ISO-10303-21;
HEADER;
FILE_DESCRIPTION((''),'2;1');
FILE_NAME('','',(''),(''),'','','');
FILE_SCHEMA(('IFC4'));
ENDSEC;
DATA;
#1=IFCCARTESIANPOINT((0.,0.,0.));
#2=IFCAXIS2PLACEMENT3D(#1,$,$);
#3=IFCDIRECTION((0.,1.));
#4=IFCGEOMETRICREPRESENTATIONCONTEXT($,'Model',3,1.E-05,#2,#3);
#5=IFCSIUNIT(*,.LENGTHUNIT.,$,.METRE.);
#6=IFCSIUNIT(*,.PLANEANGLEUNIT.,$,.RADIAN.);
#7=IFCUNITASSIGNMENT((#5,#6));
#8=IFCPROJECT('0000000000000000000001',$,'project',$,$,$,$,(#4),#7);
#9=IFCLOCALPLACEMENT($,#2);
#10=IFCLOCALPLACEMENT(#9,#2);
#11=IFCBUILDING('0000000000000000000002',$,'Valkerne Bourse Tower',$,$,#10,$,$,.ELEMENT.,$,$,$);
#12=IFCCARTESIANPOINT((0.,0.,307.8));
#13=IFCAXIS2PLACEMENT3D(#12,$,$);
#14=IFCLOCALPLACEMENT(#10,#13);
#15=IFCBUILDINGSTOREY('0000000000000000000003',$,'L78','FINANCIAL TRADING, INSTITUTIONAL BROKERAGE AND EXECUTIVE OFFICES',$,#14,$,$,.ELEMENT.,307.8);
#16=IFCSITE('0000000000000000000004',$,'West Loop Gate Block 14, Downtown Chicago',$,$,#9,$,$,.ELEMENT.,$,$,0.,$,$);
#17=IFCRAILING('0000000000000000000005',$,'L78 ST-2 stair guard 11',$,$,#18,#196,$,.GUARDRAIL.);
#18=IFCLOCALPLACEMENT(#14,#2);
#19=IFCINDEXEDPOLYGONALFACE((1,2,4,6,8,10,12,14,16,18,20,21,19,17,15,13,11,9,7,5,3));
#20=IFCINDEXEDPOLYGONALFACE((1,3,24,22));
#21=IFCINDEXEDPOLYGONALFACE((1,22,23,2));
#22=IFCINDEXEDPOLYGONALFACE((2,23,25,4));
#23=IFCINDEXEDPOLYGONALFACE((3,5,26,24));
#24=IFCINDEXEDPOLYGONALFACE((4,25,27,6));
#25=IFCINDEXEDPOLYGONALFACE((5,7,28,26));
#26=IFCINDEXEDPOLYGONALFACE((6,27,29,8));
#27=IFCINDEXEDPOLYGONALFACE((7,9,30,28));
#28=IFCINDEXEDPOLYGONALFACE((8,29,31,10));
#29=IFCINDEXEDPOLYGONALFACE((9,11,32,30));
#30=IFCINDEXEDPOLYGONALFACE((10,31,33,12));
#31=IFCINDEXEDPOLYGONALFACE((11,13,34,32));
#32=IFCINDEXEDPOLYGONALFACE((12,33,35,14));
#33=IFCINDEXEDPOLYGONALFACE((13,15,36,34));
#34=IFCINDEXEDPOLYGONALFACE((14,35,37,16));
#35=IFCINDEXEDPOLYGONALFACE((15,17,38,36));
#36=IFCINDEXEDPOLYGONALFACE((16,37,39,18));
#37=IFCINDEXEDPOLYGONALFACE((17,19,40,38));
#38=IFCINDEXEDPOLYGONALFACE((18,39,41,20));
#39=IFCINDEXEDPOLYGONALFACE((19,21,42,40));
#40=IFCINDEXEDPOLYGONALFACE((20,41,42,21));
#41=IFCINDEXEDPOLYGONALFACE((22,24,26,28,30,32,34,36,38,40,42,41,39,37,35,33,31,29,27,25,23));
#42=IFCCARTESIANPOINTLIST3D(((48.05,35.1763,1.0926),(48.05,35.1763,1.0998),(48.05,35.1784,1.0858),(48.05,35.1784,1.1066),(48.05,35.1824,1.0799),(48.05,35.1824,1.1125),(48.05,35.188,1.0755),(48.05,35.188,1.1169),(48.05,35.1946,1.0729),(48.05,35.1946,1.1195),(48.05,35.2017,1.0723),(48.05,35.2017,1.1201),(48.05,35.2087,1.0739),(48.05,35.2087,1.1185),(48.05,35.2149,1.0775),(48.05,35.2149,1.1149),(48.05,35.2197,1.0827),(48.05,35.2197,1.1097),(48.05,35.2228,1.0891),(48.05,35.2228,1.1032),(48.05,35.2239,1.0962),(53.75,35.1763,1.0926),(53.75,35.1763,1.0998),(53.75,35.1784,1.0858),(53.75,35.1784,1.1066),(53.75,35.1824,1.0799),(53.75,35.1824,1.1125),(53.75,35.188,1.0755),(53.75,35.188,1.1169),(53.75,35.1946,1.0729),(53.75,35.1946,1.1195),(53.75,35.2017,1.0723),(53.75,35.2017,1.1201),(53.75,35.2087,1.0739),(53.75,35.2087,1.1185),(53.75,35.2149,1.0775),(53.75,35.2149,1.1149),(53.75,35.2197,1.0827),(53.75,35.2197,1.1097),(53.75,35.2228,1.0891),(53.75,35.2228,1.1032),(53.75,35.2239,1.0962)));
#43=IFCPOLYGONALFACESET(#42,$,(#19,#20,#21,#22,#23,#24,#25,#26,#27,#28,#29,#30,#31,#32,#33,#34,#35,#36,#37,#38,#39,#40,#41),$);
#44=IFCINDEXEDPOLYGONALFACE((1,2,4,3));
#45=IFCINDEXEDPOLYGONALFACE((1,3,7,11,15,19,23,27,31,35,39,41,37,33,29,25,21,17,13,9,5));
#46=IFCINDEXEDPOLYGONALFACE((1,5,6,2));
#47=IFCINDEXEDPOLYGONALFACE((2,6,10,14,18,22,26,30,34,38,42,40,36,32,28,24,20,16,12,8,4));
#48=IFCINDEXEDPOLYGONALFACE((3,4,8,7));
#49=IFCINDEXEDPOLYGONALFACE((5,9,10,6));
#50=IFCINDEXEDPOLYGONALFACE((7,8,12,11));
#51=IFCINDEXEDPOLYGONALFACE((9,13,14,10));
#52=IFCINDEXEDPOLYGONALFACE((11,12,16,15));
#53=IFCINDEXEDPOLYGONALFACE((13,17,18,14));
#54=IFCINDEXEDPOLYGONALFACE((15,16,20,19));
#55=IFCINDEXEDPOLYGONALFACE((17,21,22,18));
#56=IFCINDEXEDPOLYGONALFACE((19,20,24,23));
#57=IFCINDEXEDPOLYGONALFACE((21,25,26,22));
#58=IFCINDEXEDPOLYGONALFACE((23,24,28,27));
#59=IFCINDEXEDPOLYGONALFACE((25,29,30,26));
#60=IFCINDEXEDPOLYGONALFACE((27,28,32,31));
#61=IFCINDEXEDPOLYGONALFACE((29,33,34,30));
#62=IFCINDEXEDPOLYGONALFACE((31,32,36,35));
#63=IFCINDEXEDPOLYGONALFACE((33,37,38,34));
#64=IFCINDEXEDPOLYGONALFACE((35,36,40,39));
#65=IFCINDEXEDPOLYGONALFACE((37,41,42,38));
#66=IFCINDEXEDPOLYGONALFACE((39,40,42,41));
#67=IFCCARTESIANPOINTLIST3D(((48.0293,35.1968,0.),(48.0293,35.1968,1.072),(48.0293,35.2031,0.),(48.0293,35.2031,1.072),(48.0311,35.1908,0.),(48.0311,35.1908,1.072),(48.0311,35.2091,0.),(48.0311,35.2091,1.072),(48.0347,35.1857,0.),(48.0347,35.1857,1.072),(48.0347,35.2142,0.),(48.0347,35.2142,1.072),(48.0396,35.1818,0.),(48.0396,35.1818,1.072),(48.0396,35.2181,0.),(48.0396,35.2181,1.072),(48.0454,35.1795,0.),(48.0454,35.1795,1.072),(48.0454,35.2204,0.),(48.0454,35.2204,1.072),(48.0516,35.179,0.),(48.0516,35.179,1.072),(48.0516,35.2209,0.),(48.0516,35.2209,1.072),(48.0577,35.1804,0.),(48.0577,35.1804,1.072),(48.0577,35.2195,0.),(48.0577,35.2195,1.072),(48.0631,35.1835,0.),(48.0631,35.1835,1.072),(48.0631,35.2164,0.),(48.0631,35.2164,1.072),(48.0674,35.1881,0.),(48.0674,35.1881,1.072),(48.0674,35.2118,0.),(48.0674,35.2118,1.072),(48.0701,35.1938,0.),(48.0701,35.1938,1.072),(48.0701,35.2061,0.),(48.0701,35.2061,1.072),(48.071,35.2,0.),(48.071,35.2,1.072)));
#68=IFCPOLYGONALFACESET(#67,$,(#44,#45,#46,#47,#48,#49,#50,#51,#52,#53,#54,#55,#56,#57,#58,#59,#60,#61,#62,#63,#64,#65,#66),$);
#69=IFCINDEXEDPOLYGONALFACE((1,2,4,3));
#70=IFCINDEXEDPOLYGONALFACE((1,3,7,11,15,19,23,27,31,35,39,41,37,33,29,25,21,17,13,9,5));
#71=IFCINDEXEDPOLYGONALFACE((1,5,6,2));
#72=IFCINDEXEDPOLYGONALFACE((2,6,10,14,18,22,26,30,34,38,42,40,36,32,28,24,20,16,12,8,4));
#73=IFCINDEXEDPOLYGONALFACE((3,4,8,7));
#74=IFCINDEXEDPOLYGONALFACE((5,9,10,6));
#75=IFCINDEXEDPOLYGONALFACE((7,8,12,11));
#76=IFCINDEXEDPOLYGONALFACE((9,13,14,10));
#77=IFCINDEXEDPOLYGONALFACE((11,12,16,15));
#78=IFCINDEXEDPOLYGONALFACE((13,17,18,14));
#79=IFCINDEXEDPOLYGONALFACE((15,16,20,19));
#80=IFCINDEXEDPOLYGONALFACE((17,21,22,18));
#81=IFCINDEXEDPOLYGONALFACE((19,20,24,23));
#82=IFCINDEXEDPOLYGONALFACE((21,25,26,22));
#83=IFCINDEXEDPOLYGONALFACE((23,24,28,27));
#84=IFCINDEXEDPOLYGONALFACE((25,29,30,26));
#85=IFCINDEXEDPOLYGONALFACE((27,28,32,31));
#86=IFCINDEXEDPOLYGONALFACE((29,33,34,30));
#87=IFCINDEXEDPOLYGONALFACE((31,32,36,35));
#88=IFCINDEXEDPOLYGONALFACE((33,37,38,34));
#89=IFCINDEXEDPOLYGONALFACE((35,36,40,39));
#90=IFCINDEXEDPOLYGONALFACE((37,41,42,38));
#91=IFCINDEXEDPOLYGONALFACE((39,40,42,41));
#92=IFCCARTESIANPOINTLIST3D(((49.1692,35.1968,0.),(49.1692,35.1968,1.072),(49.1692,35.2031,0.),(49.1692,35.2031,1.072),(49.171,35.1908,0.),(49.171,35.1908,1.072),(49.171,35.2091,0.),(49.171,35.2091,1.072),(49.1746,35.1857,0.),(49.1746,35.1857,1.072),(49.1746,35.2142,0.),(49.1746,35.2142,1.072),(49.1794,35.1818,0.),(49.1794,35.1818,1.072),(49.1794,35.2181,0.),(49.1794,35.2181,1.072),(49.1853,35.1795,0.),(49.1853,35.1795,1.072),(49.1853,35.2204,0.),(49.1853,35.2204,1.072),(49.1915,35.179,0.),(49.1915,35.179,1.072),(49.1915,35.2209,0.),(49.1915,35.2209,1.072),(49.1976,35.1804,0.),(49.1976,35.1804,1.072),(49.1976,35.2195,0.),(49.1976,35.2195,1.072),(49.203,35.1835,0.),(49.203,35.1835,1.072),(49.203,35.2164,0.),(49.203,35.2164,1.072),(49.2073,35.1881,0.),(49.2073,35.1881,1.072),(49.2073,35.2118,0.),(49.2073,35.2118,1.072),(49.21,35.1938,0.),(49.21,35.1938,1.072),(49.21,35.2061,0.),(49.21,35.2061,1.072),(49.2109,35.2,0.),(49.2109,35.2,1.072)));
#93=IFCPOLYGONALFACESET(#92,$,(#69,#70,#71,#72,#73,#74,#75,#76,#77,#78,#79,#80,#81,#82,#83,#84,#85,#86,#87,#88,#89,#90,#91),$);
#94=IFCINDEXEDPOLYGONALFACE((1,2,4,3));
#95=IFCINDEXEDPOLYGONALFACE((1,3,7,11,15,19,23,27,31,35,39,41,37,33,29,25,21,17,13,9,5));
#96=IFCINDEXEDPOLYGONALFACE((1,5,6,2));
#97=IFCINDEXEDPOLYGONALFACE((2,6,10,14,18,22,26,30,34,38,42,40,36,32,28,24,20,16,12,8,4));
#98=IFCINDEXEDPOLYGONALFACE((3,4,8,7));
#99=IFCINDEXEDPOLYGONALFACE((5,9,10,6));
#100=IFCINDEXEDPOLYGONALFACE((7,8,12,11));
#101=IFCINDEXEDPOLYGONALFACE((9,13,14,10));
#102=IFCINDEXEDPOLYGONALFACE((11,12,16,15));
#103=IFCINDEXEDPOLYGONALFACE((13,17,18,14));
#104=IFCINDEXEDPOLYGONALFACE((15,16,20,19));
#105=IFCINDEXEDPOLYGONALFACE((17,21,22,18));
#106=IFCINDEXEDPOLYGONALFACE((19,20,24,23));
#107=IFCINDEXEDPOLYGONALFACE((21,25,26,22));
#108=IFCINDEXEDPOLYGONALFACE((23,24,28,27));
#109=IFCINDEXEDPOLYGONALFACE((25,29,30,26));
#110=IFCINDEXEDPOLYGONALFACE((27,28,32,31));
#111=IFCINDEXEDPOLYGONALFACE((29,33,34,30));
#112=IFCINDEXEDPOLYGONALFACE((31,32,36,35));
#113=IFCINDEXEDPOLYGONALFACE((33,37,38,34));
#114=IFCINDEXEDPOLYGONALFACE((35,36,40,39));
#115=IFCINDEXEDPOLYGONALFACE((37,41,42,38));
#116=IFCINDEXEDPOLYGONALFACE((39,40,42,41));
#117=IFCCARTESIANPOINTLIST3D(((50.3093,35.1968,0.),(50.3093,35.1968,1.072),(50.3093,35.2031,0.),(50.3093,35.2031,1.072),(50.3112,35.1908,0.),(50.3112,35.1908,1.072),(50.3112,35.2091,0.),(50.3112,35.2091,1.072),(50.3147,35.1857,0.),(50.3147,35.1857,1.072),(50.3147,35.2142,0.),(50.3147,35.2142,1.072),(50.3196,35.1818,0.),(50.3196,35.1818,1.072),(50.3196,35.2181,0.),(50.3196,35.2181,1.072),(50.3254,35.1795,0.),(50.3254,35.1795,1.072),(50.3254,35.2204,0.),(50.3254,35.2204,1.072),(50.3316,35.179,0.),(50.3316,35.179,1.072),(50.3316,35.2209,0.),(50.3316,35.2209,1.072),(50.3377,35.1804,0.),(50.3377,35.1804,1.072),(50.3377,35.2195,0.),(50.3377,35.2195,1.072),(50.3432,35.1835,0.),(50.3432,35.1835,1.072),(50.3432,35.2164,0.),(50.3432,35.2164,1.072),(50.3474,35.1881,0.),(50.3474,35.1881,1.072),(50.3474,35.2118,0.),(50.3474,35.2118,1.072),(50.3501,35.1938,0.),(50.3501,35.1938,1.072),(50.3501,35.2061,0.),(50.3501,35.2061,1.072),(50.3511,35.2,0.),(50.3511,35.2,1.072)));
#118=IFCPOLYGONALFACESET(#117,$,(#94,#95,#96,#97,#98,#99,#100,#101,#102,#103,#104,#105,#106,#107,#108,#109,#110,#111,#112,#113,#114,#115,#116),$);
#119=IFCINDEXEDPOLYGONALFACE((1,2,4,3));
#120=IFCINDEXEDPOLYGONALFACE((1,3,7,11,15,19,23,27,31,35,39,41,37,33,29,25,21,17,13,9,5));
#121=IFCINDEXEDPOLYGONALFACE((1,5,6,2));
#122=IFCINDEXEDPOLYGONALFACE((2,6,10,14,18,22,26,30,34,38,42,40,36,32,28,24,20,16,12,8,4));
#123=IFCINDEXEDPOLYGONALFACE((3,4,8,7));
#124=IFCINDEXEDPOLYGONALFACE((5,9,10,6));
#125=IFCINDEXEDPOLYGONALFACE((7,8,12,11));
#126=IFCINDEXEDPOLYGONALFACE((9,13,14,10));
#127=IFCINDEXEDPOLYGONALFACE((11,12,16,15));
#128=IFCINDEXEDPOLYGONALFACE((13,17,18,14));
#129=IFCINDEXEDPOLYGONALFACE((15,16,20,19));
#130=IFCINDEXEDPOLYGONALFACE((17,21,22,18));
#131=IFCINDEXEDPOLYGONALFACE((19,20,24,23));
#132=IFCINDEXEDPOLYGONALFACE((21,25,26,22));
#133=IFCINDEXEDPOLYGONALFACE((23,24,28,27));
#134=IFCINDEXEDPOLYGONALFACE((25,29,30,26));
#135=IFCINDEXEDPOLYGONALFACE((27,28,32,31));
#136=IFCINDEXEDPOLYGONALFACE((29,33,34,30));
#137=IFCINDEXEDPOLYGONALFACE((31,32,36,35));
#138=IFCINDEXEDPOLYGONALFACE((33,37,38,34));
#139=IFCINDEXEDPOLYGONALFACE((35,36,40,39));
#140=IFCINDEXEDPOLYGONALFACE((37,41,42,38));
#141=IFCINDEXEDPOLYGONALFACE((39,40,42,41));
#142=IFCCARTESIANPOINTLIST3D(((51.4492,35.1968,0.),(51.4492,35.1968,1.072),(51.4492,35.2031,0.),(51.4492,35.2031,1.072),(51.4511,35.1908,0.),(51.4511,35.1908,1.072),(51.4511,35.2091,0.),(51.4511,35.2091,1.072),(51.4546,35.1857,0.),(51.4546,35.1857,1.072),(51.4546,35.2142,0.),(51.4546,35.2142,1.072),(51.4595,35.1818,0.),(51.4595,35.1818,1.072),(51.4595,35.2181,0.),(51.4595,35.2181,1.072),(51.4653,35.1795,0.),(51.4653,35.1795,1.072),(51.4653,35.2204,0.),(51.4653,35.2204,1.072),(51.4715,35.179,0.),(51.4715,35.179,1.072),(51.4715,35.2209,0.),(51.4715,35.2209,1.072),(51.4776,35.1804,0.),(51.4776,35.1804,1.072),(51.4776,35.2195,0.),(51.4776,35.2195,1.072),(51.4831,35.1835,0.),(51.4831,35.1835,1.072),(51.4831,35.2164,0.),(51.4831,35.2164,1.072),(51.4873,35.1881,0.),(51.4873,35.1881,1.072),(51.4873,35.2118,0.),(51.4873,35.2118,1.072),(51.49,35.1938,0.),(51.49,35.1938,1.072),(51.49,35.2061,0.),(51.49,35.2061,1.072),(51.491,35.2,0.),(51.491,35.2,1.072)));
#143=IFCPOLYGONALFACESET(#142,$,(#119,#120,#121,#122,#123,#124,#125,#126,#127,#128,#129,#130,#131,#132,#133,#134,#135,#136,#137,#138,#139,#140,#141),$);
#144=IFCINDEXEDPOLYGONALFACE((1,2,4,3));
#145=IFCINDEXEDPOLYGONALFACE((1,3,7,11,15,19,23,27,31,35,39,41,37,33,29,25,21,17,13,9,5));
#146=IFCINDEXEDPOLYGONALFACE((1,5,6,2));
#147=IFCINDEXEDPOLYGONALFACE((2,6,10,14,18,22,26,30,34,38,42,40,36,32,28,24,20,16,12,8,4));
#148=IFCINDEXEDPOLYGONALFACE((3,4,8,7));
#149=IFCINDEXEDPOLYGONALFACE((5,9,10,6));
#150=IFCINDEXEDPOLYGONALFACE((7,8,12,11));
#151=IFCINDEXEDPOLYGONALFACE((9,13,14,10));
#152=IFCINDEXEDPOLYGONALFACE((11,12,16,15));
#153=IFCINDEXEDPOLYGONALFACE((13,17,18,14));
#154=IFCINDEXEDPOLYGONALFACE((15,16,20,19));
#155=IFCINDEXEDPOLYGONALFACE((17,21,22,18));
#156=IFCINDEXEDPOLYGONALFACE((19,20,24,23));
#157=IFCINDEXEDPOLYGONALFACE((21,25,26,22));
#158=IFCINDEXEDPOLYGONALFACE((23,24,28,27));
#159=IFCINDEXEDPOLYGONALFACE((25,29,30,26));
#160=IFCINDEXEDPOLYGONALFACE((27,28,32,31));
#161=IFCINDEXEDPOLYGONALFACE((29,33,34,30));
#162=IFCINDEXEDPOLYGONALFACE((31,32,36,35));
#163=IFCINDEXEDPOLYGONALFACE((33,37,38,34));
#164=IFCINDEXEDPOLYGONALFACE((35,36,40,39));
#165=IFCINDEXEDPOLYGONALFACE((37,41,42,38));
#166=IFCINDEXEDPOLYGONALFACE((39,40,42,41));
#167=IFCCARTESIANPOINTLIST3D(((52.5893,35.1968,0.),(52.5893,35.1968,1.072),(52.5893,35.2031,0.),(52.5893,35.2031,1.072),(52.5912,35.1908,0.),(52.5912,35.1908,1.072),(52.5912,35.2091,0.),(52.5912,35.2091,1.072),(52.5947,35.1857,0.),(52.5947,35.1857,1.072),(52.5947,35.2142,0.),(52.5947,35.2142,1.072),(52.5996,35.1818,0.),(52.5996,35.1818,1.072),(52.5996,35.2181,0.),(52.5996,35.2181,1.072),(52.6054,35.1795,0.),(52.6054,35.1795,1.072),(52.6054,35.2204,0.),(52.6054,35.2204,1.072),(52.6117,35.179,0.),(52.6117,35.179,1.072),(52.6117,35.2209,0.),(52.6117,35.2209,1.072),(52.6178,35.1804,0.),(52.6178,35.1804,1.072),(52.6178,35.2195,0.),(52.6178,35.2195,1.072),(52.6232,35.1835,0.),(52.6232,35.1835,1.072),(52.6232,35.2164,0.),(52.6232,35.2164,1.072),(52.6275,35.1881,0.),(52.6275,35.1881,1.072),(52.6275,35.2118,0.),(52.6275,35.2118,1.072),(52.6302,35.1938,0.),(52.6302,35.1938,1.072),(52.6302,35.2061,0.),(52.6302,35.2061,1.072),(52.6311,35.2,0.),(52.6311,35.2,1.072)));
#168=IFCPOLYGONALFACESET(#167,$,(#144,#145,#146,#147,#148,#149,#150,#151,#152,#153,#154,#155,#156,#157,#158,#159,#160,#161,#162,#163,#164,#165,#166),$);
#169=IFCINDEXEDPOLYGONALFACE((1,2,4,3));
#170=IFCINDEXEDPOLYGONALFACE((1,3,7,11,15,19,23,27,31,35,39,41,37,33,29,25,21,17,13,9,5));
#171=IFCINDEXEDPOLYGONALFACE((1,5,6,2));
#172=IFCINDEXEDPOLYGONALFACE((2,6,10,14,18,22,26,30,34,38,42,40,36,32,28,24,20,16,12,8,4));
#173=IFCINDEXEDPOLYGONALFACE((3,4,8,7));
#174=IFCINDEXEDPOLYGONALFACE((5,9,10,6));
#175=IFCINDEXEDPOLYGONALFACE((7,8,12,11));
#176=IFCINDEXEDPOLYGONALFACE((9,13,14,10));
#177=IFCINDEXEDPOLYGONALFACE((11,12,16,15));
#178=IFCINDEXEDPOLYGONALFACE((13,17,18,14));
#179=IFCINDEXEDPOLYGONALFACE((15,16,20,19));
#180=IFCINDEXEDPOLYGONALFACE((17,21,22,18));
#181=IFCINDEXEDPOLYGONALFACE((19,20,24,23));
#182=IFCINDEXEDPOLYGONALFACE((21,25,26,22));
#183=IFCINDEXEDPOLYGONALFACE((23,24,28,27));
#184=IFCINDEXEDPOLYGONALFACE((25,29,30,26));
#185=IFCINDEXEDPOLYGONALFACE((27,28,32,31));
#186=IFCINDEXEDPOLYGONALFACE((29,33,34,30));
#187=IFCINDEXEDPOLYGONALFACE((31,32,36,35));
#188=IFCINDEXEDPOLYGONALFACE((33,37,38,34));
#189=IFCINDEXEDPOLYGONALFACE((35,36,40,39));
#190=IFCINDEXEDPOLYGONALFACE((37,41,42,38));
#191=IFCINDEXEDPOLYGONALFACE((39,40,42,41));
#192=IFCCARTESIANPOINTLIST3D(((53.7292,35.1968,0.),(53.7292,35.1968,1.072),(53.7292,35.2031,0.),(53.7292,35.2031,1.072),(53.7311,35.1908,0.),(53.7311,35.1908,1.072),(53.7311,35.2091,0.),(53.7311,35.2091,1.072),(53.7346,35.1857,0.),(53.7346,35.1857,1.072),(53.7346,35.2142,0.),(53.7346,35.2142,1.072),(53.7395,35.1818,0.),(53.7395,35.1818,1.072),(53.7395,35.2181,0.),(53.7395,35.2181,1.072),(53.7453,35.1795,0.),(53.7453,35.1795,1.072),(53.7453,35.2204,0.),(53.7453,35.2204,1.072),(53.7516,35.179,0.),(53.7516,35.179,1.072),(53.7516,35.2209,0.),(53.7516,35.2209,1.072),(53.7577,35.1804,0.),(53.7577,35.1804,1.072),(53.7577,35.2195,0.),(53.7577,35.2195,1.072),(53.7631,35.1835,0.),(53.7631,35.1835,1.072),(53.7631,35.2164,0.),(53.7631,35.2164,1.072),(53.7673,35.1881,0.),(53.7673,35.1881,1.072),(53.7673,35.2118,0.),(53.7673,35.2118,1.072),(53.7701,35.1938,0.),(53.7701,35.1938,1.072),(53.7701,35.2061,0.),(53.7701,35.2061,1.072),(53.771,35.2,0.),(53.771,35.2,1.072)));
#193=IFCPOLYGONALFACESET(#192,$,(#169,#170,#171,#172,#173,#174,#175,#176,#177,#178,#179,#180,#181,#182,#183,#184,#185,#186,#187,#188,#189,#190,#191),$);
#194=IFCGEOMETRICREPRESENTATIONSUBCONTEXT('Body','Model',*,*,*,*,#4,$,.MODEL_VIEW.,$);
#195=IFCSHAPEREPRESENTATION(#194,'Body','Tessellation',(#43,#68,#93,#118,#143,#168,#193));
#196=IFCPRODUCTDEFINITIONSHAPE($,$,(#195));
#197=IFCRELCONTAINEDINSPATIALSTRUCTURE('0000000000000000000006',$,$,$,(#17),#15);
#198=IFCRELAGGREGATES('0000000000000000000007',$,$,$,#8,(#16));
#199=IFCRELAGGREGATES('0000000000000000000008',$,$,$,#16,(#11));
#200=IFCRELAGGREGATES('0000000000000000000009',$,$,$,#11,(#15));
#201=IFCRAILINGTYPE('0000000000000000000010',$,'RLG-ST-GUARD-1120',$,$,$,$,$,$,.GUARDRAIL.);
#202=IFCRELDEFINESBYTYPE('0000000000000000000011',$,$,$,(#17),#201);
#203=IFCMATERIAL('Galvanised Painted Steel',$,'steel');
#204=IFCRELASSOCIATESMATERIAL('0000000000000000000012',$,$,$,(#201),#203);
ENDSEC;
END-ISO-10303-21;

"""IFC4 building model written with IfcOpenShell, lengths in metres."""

from ifc_helpers import new_model, si_unit, direction, frame, origin, origin_2d, place, context, subcontext, project, spatial, circle, extrude, material, type_object, element, save


model = new_model("IFC4")

# Units and contexts
model_context = context("Model", 3, precision=1e-05, world=origin(), true_north=direction((0.0, 1.0)))
body_context = subcontext(model_context, "Body", "Model", "MODEL_VIEW")
ifc_project = project(units=[si_unit("LENGTHUNIT", "METRE"), si_unit("PLANEANGLEUNIT", "RADIAN")], contexts=[model_context])

# Site, building, storey
site_placement = place(None, origin())
site = spatial("IfcSite", under=ifc_project, at=site_placement, Name="West Loop Gate Block 14, Downtown Chicago", CompositionType="ELEMENT", RefElevation=0.0)
building_placement = place(site_placement, origin())
building = spatial("IfcBuilding", under=site, at=building_placement, Name="Valkerne Bourse Tower", CompositionType="ELEMENT")
storey_placement = place(building_placement, frame((0.0, 0.0, 307.8)))
storey = spatial("IfcBuildingStorey", under=building, at=storey_placement, Name="L78", Description="FINANCIAL TRADING, INSTITUTIONAL BROKERAGE AND EXECUTIVE OFFICES", CompositionType="ELEMENT", Elevation=307.8)

# Railing
ifc_material_1 = material(Name="Galvanised Painted Steel", Category="steel")
railing_type_1 = type_object("IfcRailingType", Name="RLG-ST-GUARD-1120", PredefinedType="GUARDRAIL", material=ifc_material_1)
railing_1_placement = place(storey_placement, frame((48.05, 35.2, 0.0)))
element("IfcRailing", 1, at=railing_1_placement, inside=storey, type_object=railing_type_1, Name="L78 ST-2 stair guard 11", PredefinedType="GUARDRAIL", context=body_context, shape_type="SweptSolid", body=[
    extrude(circle(Radius=0.0239, at=origin_2d()), frame((0.0, 0.0, 1.0962), z_axis=(1.0, 0.0, 0.0), x_axis=(0.0, 1.0, 0.0)), (0.0, 0.0, 1.0), 5.7),
    extrude(circle(Radius=0.021, at=origin_2d()), origin(), (0.0, 0.0, 1.0), 1.072),
    extrude(circle(Radius=0.021, at=origin_2d()), frame((1.1399, 0.0, 0.0)), (0.0, 0.0, 1.0), 1.072),
    extrude(circle(Radius=0.021, at=origin_2d()), frame((2.28, 0.0, 0.0)), (0.0, 0.0, 1.0), 1.072),
    extrude(circle(Radius=0.021, at=origin_2d()), frame((3.4199, 0.0, 0.0)), (0.0, 0.0, 1.0), 1.072),
    extrude(circle(Radius=0.021, at=origin_2d()), frame((4.5601, 0.0, 0.0)), (0.0, 0.0, 1.0), 1.072),
    extrude(circle(Radius=0.021, at=origin_2d()), frame((5.7, 0.0, 0.0)), (0.0, 0.0, 1.0), 1.072),
])

save(model, "model.ifc")
